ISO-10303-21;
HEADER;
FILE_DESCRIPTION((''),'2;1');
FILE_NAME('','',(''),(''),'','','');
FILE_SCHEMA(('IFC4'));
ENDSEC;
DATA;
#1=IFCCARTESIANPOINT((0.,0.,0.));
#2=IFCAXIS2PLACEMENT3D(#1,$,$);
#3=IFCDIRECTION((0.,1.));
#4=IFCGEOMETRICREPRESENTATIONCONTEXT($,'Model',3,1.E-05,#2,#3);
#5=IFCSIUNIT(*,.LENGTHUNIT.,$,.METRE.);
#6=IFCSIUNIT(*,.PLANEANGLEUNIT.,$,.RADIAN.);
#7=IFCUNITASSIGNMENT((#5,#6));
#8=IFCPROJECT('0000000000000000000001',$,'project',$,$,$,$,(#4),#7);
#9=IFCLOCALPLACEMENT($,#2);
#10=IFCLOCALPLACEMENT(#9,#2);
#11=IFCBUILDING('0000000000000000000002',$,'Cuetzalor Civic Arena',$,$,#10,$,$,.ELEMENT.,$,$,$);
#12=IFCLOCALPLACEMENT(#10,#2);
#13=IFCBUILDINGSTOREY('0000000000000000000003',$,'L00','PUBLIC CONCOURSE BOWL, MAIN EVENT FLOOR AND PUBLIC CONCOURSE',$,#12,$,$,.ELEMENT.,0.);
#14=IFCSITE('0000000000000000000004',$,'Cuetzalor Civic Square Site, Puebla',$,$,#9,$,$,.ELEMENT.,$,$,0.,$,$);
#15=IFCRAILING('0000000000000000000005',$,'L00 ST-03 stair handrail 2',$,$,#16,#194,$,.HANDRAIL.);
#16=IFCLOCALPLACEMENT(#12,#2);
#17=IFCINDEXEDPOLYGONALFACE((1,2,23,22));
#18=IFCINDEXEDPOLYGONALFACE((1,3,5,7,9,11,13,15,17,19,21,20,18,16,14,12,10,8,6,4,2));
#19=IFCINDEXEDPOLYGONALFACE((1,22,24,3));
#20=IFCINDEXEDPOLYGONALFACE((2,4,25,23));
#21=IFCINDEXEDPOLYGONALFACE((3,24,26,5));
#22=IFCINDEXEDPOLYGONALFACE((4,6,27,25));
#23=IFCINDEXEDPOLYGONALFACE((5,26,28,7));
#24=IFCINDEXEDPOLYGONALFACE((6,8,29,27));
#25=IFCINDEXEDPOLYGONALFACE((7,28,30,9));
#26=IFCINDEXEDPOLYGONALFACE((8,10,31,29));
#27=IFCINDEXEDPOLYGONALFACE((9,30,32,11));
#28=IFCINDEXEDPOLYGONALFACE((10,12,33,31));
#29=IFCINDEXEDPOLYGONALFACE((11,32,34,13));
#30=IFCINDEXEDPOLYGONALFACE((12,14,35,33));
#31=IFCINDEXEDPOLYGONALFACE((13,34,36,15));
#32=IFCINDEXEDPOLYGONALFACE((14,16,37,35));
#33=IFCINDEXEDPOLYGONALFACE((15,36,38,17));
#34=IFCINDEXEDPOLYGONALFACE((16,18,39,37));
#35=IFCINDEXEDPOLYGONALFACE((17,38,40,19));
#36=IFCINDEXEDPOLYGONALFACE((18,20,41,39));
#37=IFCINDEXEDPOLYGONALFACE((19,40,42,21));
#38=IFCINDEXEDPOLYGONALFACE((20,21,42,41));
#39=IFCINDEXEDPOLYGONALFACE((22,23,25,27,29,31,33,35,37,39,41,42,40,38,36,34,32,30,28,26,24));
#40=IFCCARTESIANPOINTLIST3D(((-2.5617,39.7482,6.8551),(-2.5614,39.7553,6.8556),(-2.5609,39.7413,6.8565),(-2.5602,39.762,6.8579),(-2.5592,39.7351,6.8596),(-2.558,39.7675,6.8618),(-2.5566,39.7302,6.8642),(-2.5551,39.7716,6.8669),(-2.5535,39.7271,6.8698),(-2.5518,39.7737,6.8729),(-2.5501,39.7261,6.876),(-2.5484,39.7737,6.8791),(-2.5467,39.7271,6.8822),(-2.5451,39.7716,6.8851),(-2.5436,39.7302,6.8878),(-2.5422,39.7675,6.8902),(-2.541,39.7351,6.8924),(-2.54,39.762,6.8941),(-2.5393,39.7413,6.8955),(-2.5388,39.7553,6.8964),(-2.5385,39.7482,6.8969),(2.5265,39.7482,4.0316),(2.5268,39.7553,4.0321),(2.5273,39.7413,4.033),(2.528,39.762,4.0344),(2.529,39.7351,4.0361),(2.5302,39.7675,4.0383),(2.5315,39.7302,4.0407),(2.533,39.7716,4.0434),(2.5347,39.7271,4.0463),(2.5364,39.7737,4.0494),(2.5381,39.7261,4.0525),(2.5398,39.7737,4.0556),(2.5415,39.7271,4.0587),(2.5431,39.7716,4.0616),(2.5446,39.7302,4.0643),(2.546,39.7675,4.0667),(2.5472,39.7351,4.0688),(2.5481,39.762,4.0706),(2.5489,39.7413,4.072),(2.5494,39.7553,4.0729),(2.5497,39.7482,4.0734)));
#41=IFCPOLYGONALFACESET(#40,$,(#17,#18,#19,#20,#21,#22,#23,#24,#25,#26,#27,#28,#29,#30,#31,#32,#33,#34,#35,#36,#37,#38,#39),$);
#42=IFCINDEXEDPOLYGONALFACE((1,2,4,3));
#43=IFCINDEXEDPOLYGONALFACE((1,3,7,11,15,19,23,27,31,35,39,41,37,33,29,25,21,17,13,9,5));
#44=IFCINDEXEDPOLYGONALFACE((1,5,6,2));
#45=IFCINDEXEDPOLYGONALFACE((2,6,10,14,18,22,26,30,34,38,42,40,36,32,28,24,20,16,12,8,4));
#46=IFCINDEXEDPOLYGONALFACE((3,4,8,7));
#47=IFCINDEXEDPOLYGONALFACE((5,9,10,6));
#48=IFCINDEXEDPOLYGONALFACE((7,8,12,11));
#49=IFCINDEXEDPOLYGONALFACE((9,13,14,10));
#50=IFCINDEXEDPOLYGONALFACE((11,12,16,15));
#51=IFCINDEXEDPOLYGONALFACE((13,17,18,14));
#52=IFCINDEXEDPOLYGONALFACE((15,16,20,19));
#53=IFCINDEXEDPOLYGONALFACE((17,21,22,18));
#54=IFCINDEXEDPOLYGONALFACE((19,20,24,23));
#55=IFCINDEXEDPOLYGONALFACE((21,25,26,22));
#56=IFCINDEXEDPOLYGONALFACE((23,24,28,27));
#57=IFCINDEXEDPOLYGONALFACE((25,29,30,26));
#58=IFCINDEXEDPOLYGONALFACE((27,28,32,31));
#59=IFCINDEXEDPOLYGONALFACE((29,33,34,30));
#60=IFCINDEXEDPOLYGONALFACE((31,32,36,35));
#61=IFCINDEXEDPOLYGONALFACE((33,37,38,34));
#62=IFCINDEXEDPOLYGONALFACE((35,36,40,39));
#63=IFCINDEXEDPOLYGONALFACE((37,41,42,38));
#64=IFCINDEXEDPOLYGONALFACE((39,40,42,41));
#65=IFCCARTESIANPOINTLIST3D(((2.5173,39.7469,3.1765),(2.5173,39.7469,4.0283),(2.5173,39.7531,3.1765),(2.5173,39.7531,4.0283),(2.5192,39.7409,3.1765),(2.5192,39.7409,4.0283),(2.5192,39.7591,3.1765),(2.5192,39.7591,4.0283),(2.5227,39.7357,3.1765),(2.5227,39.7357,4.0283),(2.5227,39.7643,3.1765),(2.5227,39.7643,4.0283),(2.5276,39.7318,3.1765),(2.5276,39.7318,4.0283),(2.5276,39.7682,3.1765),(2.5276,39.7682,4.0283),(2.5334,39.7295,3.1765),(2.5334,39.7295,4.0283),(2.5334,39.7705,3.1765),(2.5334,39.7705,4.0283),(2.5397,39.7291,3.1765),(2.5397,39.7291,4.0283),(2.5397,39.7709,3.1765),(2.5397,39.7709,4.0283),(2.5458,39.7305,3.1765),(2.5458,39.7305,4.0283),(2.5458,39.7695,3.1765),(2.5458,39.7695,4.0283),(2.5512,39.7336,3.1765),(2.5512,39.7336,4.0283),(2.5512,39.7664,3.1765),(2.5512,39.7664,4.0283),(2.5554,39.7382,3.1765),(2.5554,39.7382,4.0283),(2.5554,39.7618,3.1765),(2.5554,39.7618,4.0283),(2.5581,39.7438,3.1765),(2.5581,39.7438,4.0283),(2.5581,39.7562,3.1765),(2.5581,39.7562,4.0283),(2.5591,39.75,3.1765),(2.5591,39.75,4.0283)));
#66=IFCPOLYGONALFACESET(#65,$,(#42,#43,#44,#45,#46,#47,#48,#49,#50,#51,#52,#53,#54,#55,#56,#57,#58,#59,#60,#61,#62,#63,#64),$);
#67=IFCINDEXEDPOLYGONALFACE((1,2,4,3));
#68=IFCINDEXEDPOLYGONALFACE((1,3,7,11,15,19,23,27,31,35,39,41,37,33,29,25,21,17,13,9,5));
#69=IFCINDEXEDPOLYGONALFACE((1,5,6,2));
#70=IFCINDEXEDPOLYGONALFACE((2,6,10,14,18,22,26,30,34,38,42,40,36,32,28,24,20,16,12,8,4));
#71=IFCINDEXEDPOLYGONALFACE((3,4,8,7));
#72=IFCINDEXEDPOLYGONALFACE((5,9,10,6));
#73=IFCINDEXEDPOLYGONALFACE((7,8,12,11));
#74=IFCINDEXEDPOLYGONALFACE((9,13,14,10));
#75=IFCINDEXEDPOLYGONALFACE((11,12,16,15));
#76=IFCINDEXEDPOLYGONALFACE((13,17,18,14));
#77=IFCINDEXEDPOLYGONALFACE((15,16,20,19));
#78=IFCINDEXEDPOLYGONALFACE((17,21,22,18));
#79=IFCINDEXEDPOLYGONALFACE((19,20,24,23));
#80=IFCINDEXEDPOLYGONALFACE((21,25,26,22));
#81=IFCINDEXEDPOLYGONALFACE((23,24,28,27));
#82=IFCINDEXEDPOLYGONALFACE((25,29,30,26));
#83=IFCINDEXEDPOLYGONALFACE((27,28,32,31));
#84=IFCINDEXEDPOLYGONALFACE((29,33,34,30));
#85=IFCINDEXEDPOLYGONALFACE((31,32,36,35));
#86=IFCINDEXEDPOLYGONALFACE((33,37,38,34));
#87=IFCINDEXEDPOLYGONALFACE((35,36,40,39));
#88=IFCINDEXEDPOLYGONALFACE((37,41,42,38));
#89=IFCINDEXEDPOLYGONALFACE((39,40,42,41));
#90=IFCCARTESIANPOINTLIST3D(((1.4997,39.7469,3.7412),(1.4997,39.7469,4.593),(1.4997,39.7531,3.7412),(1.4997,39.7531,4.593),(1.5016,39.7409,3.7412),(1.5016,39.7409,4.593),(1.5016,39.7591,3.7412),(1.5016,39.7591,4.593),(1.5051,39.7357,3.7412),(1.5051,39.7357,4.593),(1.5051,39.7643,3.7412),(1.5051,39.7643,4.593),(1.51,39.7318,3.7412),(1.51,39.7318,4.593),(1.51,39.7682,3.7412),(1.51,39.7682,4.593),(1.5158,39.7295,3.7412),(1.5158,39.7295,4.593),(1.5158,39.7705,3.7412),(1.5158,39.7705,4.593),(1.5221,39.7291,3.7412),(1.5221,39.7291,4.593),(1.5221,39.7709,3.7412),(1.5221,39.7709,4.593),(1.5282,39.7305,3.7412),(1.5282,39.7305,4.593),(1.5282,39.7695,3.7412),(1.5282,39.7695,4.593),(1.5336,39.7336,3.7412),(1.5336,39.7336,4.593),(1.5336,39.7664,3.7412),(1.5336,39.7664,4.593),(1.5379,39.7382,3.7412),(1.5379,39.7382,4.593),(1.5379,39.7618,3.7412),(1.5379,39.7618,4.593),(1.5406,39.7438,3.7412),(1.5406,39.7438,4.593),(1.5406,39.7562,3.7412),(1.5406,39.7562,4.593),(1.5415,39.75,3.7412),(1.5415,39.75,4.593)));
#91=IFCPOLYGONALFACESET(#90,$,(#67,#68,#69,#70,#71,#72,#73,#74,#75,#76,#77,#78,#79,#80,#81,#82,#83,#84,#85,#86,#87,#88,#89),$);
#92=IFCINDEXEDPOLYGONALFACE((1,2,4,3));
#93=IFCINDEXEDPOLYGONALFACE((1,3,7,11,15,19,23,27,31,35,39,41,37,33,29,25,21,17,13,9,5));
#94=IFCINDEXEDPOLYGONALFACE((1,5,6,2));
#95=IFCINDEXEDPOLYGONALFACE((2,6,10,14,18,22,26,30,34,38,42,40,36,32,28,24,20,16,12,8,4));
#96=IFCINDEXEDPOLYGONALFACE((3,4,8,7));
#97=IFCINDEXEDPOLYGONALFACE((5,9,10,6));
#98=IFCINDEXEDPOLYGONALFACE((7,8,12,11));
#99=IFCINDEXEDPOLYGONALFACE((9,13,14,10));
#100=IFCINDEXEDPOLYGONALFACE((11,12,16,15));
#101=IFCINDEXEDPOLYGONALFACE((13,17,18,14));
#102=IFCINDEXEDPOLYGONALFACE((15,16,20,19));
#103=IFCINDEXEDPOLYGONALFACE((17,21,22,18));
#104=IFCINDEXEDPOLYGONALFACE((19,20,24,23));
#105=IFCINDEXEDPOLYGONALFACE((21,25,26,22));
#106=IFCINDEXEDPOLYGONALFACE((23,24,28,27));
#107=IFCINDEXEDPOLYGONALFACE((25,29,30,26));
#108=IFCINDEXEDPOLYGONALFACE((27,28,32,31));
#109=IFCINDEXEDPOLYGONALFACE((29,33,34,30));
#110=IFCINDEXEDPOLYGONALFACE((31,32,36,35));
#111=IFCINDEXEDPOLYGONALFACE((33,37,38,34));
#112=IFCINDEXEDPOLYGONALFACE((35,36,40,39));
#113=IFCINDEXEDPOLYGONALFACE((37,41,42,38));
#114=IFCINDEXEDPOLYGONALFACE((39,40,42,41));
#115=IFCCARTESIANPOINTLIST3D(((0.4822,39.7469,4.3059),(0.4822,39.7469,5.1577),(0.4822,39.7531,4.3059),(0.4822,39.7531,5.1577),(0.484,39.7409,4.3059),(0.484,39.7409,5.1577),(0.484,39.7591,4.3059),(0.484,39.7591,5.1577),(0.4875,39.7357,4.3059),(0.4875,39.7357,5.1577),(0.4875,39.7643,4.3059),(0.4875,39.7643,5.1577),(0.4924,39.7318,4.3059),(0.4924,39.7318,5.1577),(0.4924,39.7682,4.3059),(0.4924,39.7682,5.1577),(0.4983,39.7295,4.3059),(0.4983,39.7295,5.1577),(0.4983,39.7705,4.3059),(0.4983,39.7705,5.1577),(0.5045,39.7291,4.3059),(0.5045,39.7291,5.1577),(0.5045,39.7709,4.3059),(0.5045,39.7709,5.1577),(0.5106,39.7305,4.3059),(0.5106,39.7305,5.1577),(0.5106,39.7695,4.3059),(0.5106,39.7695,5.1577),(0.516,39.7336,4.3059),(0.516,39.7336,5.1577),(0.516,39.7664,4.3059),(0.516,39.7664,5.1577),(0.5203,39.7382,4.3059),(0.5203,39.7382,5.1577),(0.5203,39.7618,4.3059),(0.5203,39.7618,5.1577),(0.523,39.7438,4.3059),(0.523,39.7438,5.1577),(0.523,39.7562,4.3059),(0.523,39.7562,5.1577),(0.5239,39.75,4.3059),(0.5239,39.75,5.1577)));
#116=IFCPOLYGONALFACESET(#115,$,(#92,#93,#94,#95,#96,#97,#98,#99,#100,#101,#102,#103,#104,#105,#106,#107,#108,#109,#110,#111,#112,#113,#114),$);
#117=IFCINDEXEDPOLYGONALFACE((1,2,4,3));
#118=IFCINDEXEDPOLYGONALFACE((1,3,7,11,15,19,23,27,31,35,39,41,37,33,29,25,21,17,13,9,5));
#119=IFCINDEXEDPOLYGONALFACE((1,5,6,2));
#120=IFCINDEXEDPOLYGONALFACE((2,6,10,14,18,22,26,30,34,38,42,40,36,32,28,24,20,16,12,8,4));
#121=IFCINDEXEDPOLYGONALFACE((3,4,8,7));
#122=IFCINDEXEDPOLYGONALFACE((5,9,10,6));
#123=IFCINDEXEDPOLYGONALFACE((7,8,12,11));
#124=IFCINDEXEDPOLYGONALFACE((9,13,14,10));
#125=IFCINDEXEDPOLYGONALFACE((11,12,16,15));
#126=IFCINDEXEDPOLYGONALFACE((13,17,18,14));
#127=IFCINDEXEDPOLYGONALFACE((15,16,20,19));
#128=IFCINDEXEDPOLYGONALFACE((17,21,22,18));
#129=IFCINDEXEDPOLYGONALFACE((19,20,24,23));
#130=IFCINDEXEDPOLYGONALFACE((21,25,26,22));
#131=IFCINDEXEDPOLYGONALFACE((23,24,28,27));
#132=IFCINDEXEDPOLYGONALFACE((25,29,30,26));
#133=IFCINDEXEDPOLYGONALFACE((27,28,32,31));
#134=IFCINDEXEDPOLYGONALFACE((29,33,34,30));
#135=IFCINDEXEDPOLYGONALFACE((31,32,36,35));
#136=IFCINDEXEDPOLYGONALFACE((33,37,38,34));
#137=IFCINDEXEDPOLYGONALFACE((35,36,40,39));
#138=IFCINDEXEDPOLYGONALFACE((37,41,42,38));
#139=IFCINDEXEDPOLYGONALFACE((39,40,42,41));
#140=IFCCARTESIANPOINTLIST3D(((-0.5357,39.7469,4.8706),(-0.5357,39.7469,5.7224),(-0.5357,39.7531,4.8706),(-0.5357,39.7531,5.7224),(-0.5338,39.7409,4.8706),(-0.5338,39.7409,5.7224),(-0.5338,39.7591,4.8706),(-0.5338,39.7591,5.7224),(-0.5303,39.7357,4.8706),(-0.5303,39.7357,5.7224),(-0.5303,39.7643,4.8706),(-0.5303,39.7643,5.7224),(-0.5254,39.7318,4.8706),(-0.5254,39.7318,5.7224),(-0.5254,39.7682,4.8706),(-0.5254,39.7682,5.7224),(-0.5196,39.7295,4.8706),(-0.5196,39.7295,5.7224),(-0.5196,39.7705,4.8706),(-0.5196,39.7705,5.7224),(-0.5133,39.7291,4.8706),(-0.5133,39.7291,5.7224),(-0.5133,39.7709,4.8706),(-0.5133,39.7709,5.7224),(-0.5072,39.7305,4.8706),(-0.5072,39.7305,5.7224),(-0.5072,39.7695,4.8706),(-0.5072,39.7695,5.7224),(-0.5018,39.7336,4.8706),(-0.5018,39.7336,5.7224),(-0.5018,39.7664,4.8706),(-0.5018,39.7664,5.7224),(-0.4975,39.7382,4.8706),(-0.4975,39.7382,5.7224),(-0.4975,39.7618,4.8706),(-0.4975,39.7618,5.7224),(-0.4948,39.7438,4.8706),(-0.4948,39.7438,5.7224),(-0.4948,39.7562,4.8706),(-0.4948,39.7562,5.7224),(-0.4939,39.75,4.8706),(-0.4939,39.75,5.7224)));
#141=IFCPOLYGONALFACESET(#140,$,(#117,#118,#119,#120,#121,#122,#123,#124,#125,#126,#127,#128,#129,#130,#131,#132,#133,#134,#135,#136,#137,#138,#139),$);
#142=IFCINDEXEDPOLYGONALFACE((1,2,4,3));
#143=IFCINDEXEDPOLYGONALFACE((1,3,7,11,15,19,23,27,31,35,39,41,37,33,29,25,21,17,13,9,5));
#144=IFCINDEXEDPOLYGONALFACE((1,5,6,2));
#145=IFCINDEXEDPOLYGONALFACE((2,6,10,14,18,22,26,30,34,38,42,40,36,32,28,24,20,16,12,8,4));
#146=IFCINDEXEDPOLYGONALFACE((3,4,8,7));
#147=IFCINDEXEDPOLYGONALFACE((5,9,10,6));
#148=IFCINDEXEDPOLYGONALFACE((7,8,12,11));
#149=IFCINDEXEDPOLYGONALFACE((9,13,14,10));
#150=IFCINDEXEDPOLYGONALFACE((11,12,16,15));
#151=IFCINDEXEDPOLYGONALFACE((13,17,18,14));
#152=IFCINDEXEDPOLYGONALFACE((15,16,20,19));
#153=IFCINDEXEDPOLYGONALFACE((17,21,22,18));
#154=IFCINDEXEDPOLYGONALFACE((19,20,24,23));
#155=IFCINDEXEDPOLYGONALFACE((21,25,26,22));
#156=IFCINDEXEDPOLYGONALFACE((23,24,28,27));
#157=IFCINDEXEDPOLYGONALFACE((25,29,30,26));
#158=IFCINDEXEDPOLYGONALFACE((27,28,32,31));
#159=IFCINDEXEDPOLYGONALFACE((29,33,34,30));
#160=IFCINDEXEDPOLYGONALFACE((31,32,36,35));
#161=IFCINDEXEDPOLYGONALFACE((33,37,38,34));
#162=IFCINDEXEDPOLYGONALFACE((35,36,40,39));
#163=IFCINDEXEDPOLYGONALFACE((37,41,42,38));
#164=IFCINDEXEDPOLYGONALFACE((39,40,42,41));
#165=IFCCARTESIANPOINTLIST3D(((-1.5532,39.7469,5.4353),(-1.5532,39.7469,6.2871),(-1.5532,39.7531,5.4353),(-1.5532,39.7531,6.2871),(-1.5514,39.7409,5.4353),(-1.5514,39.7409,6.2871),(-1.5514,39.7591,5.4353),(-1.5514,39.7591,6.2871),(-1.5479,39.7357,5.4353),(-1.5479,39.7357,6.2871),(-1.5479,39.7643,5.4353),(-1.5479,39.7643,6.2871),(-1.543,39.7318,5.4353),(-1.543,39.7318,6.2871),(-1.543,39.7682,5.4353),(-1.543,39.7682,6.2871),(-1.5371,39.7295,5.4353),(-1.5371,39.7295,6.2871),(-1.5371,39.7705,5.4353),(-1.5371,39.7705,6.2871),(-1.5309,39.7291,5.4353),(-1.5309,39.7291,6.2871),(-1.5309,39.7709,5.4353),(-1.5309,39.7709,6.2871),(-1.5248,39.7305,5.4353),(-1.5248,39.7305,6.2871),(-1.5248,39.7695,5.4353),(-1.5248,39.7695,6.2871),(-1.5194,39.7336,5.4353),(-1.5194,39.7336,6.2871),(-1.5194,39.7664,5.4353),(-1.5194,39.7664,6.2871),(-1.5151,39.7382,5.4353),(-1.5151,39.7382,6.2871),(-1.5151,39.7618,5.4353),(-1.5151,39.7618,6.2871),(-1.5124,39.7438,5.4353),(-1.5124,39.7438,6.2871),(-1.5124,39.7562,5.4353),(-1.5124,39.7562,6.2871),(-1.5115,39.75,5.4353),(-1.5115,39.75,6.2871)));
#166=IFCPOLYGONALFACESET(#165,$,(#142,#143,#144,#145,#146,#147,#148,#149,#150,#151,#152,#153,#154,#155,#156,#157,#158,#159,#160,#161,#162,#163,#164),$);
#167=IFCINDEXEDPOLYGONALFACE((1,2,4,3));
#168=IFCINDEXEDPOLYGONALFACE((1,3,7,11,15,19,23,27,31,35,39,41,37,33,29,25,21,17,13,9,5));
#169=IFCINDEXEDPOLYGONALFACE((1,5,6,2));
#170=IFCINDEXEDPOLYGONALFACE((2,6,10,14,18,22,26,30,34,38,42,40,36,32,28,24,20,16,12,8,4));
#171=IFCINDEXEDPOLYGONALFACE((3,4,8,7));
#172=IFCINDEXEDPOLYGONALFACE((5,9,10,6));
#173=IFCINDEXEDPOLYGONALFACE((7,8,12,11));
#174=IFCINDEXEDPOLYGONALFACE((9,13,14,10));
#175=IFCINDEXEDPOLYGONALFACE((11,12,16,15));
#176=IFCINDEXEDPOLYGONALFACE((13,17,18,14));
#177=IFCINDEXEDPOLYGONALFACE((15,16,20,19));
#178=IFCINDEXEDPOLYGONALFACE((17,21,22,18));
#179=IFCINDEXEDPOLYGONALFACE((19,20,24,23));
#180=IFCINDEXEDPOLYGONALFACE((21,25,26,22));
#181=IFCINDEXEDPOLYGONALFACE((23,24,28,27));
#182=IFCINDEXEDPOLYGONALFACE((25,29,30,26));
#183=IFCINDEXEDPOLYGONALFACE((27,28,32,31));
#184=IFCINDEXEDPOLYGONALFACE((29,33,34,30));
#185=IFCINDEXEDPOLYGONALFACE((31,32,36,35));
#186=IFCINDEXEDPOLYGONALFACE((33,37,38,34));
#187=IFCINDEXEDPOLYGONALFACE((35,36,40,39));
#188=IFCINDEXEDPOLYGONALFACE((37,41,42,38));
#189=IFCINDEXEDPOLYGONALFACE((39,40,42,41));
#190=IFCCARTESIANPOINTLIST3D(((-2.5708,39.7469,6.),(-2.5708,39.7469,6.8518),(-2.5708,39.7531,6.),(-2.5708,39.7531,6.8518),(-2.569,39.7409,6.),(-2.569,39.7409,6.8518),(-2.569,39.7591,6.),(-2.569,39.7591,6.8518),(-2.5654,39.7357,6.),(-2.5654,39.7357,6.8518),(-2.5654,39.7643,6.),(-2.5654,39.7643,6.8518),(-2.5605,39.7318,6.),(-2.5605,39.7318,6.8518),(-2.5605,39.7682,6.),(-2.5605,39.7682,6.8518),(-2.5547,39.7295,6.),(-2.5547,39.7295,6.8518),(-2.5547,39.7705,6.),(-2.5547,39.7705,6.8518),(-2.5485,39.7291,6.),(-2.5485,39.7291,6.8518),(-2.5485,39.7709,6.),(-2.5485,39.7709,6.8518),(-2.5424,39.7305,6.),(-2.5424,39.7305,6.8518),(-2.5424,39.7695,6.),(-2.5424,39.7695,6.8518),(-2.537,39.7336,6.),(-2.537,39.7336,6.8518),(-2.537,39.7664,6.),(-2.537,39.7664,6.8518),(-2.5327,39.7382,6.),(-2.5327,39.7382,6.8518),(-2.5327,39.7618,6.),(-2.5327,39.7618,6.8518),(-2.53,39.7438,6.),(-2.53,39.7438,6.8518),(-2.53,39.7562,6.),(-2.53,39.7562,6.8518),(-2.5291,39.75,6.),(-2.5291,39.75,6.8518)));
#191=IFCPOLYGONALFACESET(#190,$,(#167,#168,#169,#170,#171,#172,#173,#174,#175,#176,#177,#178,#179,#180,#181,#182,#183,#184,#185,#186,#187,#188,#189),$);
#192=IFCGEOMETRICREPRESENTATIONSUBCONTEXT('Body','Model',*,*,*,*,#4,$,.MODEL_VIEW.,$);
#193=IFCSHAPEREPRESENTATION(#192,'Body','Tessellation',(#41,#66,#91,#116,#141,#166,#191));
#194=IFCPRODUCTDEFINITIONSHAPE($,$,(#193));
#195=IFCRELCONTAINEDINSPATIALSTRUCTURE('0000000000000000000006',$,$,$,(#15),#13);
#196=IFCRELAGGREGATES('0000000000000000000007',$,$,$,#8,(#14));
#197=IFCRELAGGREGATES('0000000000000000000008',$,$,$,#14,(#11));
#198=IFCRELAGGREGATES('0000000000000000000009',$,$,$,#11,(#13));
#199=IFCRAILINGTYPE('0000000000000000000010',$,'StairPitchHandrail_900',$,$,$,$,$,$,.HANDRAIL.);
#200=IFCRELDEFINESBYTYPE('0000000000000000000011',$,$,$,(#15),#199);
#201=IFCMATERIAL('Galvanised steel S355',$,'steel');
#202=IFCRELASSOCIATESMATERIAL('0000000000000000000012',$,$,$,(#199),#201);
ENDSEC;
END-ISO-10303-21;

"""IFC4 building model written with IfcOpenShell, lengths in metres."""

from ifc_helpers import new_model, si_unit, direction, frame, origin, origin_2d, place, context, subcontext, project, spatial, circle, extrude, material, type_object, element, save


model = new_model("IFC4")

# Units and contexts
model_context = context("Model", 3, precision=1e-05, world=origin(), true_north=direction((0.0, 1.0)))
body_context = subcontext(model_context, "Body", "Model", "MODEL_VIEW")
ifc_project = project(units=[si_unit("LENGTHUNIT", "METRE"), si_unit("PLANEANGLEUNIT", "RADIAN")], contexts=[model_context])

# Site, building, storey
site_placement = place(None, origin())
site = spatial("IfcSite", under=ifc_project, at=site_placement, Name="Cuetzalor Civic Square Site, Puebla", CompositionType="ELEMENT", RefElevation=0.0)
building_placement = place(site_placement, origin())
building = spatial("IfcBuilding", under=site, at=building_placement, Name="Cuetzalor Civic Arena", CompositionType="ELEMENT")
storey_placement = place(building_placement, origin())
storey = spatial("IfcBuildingStorey", under=building, at=storey_placement, Name="L00", Description="PUBLIC CONCOURSE BOWL, MAIN EVENT FLOOR AND PUBLIC CONCOURSE", CompositionType="ELEMENT", Elevation=0.0)

# Railing
ifc_material_1 = material(Name="Galvanised steel S355", Category="steel")
railing_type_1 = type_object("IfcRailingType", Name="StairPitchHandrail_900", PredefinedType="HANDRAIL", material=ifc_material_1)
railing_1_placement = place(storey_placement, frame((2.5381, 39.75, 3.1765)))
element("IfcRailing", 1, at=railing_1_placement, inside=storey, type_object=railing_type_1, Name="L00 ST-03 stair handrail 2", PredefinedType="HANDRAIL", context=body_context, shape_type="SweptSolid", body=[
    extrude(circle(Radius=0.0239, at=origin_2d()), frame((0.0, 0.0, 0.876), z_axis=(-0.874395, 0.0, 0.485215), x_axis=(0.0, -1.0, 0.0)), (0.0, 0.0, 1.0), 5.8191),
    extrude(circle(Radius=0.021, at=origin_2d()), origin(), (0.0, 0.0, 1.0), 0.8518),
    extrude(circle(Radius=0.021, at=origin_2d()), frame((-1.0176, 0.0, 0.5647)), (0.0, 0.0, 1.0), 0.8518),
    extrude(circle(Radius=0.021, at=origin_2d()), frame((-2.0352, 0.0, 1.1294)), (0.0, 0.0, 1.0), 0.8518),
    extrude(circle(Radius=0.021, at=origin_2d()), frame((-3.053, 0.0, 1.6941)), (0.0, 0.0, 1.0), 0.8518),
    extrude(circle(Radius=0.021, at=origin_2d()), frame((-4.0706, 0.0, 2.2588)), (0.0, 0.0, 1.0), 0.8518),
    extrude(circle(Radius=0.021, at=origin_2d()), frame((-5.0881, 0.0, 2.8235)), (0.0, 0.0, 1.0), 0.8518),
])

save(model, "model.ifc")
